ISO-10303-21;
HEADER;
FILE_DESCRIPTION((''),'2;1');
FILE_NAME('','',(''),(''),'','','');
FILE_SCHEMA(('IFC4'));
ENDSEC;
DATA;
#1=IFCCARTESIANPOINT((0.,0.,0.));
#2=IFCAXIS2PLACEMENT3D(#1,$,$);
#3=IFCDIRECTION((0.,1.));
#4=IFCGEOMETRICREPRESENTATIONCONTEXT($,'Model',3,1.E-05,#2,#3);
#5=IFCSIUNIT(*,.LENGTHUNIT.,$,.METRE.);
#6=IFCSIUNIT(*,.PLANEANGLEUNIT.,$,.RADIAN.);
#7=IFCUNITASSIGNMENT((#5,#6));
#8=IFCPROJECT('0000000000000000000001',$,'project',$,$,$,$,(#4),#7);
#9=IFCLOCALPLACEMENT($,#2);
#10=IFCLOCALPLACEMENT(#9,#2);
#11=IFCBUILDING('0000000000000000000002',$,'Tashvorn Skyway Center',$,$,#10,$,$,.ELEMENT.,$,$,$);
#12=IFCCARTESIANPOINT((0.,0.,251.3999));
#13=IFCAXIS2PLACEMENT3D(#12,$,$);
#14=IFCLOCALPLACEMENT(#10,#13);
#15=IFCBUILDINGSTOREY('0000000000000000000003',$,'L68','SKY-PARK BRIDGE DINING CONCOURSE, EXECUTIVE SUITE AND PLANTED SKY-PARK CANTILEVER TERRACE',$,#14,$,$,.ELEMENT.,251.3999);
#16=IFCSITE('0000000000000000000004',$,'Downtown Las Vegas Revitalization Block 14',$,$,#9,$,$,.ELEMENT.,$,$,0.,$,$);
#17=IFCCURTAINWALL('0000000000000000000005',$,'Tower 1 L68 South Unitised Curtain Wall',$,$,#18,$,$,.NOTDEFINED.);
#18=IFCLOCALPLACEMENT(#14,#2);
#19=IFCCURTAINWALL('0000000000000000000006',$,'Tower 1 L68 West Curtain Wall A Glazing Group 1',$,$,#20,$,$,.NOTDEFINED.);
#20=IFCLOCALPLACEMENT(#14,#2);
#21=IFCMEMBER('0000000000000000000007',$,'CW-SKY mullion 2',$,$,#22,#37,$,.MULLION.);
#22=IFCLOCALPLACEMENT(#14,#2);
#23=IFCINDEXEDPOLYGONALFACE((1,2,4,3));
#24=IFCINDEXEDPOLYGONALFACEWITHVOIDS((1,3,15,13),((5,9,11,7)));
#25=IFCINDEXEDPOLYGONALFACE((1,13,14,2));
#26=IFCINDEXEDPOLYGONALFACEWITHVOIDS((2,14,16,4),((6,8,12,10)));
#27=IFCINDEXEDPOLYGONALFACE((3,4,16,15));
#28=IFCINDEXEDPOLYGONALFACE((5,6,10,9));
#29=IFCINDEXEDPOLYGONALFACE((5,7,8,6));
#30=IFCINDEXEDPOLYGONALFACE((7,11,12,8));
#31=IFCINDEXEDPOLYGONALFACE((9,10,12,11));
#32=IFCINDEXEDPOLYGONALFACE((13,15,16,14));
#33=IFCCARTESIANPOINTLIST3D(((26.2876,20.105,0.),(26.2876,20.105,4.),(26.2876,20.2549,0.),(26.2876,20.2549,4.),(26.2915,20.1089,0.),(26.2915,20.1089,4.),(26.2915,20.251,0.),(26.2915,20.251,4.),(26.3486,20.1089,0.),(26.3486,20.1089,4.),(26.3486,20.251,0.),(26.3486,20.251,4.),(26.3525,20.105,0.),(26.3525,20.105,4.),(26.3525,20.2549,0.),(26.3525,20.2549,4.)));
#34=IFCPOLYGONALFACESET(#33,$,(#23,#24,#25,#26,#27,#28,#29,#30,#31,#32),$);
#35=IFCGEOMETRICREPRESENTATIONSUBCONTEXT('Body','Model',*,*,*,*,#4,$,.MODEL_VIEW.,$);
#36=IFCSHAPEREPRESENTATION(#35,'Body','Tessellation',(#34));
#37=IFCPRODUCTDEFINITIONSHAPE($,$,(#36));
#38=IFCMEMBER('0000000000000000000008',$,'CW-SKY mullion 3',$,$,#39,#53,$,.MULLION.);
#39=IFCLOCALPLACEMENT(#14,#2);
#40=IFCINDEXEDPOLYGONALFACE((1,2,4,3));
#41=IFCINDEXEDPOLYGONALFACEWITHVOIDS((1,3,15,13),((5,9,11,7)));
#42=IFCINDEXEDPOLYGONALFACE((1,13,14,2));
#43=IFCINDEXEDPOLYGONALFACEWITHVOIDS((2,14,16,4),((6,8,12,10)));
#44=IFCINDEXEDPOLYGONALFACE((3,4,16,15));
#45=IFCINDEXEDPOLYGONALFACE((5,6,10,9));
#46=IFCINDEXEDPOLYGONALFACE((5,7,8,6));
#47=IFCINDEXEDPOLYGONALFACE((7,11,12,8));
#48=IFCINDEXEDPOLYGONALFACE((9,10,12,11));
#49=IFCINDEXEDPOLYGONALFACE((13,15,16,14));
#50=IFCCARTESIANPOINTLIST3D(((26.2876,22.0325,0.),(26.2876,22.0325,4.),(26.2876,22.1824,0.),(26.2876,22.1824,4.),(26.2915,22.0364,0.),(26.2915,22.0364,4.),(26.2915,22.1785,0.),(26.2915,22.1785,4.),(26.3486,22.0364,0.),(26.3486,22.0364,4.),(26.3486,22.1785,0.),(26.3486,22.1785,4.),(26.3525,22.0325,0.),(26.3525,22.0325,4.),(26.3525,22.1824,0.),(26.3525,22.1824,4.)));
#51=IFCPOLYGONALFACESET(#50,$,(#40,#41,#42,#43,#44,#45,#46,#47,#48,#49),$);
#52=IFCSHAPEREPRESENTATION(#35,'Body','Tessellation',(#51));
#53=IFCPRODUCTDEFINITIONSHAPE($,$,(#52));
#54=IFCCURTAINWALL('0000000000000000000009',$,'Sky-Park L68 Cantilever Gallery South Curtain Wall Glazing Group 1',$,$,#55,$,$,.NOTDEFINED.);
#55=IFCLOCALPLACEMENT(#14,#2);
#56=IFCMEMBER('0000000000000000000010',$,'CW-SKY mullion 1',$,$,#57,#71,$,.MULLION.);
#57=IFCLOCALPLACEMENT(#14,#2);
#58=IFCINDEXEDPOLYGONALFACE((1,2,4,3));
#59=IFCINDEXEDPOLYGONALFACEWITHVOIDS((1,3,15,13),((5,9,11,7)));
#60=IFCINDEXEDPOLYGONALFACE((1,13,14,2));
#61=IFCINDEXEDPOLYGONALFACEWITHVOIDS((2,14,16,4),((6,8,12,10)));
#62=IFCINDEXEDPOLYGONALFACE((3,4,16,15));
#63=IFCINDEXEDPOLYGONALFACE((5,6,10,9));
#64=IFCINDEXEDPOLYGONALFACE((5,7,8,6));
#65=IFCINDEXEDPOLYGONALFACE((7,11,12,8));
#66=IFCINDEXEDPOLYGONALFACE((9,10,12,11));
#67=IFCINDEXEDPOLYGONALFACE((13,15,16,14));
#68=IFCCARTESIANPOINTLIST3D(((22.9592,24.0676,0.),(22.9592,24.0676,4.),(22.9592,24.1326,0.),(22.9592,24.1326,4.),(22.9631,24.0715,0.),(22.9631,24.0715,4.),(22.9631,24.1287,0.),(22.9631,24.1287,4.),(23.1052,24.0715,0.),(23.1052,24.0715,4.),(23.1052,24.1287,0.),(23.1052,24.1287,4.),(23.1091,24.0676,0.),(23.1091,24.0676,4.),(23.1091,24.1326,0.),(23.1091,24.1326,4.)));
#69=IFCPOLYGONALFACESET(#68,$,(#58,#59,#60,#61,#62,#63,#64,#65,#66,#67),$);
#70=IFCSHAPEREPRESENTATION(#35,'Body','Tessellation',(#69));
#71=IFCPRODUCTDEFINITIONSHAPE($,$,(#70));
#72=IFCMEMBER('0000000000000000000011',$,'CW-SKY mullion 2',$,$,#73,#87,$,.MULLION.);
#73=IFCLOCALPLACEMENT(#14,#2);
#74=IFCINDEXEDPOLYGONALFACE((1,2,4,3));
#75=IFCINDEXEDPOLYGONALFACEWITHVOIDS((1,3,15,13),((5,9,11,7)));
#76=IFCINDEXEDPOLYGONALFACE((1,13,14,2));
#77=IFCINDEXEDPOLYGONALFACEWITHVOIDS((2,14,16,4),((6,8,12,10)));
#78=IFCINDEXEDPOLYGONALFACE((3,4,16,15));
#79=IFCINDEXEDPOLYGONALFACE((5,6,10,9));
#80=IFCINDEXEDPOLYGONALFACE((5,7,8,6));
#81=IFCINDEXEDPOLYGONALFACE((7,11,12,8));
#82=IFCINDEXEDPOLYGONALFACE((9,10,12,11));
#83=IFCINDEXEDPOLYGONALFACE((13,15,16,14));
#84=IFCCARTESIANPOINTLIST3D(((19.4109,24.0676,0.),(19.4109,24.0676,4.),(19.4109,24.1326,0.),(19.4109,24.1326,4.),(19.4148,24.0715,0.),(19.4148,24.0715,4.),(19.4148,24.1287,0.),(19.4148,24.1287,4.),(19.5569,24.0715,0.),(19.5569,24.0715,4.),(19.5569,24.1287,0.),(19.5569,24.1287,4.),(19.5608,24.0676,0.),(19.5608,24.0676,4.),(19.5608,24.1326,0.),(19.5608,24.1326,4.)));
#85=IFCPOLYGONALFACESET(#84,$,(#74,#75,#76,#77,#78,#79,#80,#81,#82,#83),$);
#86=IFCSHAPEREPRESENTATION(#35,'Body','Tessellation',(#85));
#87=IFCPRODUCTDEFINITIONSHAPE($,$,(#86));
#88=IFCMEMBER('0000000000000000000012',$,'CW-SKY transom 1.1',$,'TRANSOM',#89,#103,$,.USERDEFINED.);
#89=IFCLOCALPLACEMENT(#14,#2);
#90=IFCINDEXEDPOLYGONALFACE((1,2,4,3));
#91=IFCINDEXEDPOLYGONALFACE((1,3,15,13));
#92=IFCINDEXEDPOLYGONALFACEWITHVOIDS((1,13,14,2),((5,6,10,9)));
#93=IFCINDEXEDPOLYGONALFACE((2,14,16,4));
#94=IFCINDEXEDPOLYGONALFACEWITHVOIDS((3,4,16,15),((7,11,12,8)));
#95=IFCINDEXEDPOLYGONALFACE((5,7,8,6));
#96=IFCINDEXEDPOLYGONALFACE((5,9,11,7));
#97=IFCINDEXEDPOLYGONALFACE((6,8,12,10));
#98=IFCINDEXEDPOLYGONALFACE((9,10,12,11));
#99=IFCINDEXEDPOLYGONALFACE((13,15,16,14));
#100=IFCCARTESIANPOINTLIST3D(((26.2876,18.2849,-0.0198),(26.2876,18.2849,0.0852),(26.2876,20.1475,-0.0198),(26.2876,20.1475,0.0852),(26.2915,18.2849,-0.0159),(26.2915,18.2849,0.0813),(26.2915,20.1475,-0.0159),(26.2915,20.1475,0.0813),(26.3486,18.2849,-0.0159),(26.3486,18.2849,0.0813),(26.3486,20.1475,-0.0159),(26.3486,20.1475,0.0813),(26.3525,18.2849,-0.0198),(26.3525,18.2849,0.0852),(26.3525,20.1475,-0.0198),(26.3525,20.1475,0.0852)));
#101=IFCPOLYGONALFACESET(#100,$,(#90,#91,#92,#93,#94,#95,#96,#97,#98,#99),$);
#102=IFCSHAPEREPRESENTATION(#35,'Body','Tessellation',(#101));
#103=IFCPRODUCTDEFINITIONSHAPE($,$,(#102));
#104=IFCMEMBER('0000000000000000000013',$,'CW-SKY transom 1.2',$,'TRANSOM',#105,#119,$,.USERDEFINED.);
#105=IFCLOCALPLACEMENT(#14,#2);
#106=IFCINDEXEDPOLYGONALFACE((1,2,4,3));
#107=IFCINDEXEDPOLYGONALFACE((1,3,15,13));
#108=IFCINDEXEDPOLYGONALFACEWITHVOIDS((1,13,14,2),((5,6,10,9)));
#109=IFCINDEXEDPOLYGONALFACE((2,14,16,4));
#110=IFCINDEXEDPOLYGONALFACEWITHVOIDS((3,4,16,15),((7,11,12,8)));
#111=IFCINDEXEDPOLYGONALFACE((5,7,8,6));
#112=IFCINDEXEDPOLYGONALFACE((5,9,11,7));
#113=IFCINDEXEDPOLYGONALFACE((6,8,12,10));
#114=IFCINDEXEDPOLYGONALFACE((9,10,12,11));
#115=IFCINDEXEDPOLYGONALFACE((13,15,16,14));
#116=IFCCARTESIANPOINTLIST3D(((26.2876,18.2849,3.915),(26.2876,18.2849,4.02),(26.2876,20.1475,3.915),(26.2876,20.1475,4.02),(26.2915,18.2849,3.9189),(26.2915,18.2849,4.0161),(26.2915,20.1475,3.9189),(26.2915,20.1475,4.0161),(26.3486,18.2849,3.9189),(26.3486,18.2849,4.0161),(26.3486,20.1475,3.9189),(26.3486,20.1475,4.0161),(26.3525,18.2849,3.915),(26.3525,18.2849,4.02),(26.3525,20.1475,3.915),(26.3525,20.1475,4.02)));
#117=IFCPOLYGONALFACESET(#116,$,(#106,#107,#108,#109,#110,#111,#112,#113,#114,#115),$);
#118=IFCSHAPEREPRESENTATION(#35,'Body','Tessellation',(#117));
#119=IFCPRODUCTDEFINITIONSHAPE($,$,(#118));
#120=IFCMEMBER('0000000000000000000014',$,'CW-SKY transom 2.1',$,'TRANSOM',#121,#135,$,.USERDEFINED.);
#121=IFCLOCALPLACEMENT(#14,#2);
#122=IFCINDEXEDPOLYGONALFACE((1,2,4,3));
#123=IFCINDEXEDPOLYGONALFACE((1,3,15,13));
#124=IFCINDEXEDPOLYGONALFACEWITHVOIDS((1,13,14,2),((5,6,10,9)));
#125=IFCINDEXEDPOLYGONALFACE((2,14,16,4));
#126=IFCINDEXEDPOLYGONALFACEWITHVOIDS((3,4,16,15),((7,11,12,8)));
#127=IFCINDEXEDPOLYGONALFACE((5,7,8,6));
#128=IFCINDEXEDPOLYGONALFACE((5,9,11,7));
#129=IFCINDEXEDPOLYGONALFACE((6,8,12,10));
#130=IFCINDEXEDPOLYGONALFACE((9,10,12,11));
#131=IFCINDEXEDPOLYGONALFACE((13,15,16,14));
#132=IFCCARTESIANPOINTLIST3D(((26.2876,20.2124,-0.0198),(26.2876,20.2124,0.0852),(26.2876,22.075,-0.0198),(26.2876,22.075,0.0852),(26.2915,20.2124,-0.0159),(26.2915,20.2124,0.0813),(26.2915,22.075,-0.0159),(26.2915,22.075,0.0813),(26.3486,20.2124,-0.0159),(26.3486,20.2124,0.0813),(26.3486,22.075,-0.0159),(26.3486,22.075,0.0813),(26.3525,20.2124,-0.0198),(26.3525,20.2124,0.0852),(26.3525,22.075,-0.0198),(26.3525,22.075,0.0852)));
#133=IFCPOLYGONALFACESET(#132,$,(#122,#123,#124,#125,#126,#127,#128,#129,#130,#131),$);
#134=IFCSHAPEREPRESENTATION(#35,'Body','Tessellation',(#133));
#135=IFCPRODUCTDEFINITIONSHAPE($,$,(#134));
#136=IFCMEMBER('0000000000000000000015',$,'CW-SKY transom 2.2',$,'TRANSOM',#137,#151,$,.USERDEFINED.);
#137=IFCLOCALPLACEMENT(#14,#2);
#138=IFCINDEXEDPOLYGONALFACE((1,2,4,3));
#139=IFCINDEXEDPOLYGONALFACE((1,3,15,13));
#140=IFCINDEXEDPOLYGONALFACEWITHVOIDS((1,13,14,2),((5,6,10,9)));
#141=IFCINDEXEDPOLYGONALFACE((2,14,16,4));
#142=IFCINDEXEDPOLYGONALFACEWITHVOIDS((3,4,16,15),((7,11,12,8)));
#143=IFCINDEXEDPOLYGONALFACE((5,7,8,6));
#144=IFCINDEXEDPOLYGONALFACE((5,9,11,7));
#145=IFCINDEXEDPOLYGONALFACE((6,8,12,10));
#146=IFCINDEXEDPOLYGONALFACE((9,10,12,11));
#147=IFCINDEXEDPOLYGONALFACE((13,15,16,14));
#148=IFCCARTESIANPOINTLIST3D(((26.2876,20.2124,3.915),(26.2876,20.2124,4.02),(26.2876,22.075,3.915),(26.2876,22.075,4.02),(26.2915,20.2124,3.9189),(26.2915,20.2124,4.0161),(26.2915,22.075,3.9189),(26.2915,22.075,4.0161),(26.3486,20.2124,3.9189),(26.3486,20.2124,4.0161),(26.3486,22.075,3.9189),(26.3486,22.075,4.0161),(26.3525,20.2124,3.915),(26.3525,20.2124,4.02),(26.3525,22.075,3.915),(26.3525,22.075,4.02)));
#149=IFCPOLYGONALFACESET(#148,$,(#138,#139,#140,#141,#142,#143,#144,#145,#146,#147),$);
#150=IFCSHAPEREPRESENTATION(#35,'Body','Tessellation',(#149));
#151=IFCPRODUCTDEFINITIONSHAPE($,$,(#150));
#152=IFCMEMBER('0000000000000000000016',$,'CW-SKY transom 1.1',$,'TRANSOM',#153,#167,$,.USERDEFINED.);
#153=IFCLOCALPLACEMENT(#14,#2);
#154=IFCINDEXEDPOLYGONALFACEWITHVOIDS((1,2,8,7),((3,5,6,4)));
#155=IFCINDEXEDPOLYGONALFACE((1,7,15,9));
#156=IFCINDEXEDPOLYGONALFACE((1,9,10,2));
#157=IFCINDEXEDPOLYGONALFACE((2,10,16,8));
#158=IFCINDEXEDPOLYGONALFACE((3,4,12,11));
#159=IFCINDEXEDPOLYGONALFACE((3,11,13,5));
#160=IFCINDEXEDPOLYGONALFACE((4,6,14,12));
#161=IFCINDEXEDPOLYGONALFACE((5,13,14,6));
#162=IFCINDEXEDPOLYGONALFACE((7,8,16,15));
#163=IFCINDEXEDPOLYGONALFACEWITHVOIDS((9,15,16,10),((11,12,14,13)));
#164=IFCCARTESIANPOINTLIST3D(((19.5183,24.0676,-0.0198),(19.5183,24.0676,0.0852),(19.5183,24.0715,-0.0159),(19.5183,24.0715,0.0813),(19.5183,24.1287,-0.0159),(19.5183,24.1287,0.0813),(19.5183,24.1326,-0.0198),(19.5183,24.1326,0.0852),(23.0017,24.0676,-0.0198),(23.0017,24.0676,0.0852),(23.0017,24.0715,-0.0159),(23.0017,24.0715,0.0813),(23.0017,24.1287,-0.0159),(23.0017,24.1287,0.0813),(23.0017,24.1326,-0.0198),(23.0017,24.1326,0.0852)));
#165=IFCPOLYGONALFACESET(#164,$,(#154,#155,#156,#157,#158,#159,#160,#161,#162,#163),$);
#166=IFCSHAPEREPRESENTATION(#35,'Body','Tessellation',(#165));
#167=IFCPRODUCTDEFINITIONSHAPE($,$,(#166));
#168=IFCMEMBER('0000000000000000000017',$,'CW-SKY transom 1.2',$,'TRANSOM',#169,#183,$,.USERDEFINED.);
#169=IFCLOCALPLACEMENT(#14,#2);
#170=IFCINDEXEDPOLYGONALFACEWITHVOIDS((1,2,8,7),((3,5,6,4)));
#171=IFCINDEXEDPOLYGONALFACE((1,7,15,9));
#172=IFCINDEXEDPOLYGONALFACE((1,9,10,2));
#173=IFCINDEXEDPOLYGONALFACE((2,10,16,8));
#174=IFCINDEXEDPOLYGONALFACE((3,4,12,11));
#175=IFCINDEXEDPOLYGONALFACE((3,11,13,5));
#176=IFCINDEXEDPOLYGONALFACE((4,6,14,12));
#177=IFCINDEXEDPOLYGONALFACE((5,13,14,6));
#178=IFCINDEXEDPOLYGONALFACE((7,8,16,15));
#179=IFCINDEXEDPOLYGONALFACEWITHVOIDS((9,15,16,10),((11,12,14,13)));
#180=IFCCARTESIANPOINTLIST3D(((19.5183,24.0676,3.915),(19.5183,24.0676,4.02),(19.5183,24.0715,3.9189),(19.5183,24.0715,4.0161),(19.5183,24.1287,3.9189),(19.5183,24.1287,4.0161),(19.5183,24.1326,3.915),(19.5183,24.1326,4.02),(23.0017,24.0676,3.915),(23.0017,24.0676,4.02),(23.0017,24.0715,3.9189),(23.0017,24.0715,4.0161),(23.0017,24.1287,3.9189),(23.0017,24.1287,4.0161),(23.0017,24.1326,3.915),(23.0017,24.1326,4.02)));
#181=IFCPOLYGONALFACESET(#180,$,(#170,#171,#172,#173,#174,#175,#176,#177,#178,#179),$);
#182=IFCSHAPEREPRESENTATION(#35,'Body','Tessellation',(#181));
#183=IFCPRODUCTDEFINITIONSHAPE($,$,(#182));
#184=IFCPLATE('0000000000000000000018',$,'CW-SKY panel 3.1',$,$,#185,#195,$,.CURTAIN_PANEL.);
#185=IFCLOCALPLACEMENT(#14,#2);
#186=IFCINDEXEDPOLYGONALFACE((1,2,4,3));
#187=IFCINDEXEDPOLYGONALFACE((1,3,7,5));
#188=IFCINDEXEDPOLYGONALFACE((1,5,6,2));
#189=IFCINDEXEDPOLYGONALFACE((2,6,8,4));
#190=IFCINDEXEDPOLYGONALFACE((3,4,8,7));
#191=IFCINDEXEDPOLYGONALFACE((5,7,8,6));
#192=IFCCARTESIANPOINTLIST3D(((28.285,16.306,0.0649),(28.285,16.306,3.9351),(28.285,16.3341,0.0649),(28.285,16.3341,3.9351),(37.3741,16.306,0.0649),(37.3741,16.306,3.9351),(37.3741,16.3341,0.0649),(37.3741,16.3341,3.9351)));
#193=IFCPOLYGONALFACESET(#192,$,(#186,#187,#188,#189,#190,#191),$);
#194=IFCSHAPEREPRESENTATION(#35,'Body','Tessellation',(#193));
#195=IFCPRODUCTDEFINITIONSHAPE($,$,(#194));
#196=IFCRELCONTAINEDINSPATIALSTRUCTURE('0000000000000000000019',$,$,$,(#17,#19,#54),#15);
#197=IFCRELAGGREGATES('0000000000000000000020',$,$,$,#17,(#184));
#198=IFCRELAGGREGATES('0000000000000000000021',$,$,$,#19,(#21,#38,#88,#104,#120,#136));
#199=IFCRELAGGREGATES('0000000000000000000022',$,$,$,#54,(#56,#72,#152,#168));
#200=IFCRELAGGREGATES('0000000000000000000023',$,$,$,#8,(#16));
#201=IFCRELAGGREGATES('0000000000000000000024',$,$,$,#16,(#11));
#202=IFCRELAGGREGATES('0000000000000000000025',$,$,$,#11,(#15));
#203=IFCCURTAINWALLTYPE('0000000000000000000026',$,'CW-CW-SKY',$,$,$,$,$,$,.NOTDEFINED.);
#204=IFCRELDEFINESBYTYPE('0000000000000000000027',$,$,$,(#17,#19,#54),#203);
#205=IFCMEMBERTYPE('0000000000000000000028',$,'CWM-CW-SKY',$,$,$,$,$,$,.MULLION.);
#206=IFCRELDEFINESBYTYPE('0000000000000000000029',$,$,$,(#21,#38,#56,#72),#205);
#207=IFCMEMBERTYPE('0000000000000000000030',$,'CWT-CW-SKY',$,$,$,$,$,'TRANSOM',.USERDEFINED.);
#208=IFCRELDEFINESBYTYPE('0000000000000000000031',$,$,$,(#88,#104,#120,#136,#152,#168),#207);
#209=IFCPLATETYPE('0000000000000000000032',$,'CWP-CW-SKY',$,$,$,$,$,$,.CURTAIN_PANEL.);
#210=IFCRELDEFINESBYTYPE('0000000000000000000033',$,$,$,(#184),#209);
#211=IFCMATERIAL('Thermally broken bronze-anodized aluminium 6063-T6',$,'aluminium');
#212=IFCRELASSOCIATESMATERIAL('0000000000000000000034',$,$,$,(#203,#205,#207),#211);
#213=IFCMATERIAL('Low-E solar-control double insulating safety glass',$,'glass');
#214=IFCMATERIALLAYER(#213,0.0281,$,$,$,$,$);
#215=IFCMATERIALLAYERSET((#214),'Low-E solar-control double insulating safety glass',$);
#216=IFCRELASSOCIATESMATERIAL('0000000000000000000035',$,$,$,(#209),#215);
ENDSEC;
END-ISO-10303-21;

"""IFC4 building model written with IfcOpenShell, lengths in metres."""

from ifc_helpers import new_model, si_unit, direction, frame, origin, origin_2d, place, context, subcontext, project, spatial, rectangle, hollow_rectangle, extrude, material, layer, layer_set, material_profile, profile_set, type_object, element, aggregate, save


model = new_model("IFC4")

# Units and contexts
model_context = context("Model", 3, precision=1e-05, world=origin(), true_north=direction((0.0, 1.0)))
body_context = subcontext(model_context, "Body", "Model", "MODEL_VIEW")
ifc_project = project(units=[si_unit("LENGTHUNIT", "METRE"), si_unit("PLANEANGLEUNIT", "RADIAN")], contexts=[model_context])

# Site, building, storey
site_placement = place(None, origin())
site = spatial("IfcSite", under=ifc_project, at=site_placement, Name="Downtown Las Vegas Revitalization Block 14", CompositionType="ELEMENT", RefElevation=0.0)
building_placement = place(site_placement, origin())
building = spatial("IfcBuilding", under=site, at=building_placement, Name="Tashvorn Skyway Center", CompositionType="ELEMENT")
storey_placement = place(building_placement, frame((0.0, 0.0, 251.3999)))
storey = spatial("IfcBuildingStorey", under=building, at=storey_placement, Name="L68", Description="SKY-PARK BRIDGE DINING CONCOURSE, EXECUTIVE SUITE AND PLANTED SKY-PARK CANTILEVER TERRACE", CompositionType="ELEMENT", Elevation=251.3999)

# Curtain wall
ifc_material_1 = material(Name="Thermally broken bronze-anodized aluminium 6063-T6", Category="aluminium")
curtain_wall_type = type_object("IfcCurtainWallType", Name="CW-CW-SKY", PredefinedType="NOTDEFINED", material=ifc_material_1)
curtain_wall_1_placement = place(storey_placement, origin())
curtain_wall_1 = element("IfcCurtainWall", 1, at=curtain_wall_1_placement, inside=storey, type_object=curtain_wall_type, Name="Tower 1 L68 South Unitised Curtain Wall", PredefinedType="NOTDEFINED")
ifc_material_profile_1 = material_profile(ifc_material_1, hollow_rectangle(XDim=0.0649, YDim=0.1499, WallThickness=0.0039, at=origin_2d()), Name="ALU-MULL-65x150")
ifc_profile_set_1 = profile_set([ifc_material_profile_1], Name="Thermally broken bronze-anodized aluminium 6063-T6")
member_type_1 = type_object("IfcMemberType", Name="CWM-CW-SKY", PredefinedType="MULLION", material=ifc_profile_set_1)

# Curtain walls, members
curtain_wall_2_placement = place(storey_placement, origin())
curtain_wall_2 = element("IfcCurtainWall", 2, at=curtain_wall_2_placement, inside=storey, type_object=curtain_wall_type, Name="Tower 1 L68 West Curtain Wall A Glazing Group 1", PredefinedType="NOTDEFINED")
member_1_placement = place(storey_placement, frame((26.3201, 20.1799, 0.0), z_axis=(0.0, 0.0, 1.0), x_axis=(-1.0, 0.0, 0.0)))
member_1 = element("IfcMember", 3, at=member_1_placement, type_object=member_type_1, Name="CW-SKY mullion 2", PredefinedType="MULLION", context=body_context, shape_type="SweptSolid", body=[
    extrude(hollow_rectangle(XDim=0.0649, YDim=0.1499, WallThickness=0.0039, at=origin_2d()), origin(), (0.0, 0.0, 1.0), 4.0),
])
member_2_placement = place(storey_placement, frame((26.3201, 22.1074, 0.0), z_axis=(0.0, 0.0, 1.0), x_axis=(-1.0, 0.0, 0.0)))
member_2 = element("IfcMember", 4, at=member_2_placement, type_object=member_type_1, Name="CW-SKY mullion 3", PredefinedType="MULLION", context=body_context, shape_type="SweptSolid", body=[
    extrude(hollow_rectangle(XDim=0.0649, YDim=0.1499, WallThickness=0.0039, at=origin_2d()), origin(), (0.0, 0.0, 1.0), 4.0),
])
curtain_wall_3_placement = place(storey_placement, origin())
curtain_wall_3 = element("IfcCurtainWall", 5, at=curtain_wall_3_placement, inside=storey, type_object=curtain_wall_type, Name="Sky-Park L68 Cantilever Gallery South Curtain Wall Glazing Group 1", PredefinedType="NOTDEFINED")
member_3_placement = place(storey_placement, frame((23.0342, 24.1001, 0.0), z_axis=(0.0, 0.0, 1.0), x_axis=(0.0, -1.0, 0.0)))
member_3 = element("IfcMember", 6, at=member_3_placement, type_object=member_type_1, Name="CW-SKY mullion 1", PredefinedType="MULLION", context=body_context, shape_type="SweptSolid", body=[
    extrude(hollow_rectangle(XDim=0.0649, YDim=0.1499, WallThickness=0.0039, at=origin_2d()), origin(), (0.0, 0.0, 1.0), 4.0),
])
member_4_placement = place(storey_placement, frame((19.4858, 24.1001, 0.0), z_axis=(0.0, 0.0, 1.0), x_axis=(0.0, -1.0, 0.0)))
member_4 = element("IfcMember", 7, at=member_4_placement, type_object=member_type_1, Name="CW-SKY mullion 2", PredefinedType="MULLION", context=body_context, shape_type="SweptSolid", body=[
    extrude(hollow_rectangle(XDim=0.0649, YDim=0.1499, WallThickness=0.0039, at=origin_2d()), origin(), (0.0, 0.0, 1.0), 4.0),
])

# Members
ifc_material_profile_2 = material_profile(ifc_material_1, hollow_rectangle(XDim=0.0649, YDim=0.105, WallThickness=0.0039, at=origin_2d()), Name="ALU-TRAN-65x105")
ifc_profile_set_2 = profile_set([ifc_material_profile_2], Name="Thermally broken bronze-anodized aluminium 6063-T6")
member_type_2 = type_object("IfcMemberType", Name="CWT-CW-SKY", ElementType="TRANSOM", PredefinedType="USERDEFINED", material=ifc_profile_set_2)
member_5_placement = place(storey_placement, frame((26.3201, 18.2849, 0.0327), z_axis=(0.0, 1.0, 0.0), x_axis=(-1.0, 0.0, 0.0)))
member_5 = element("IfcMember", 8, at=member_5_placement, type_object=member_type_2, Name="CW-SKY transom 1.1", ObjectType="TRANSOM", PredefinedType="USERDEFINED", context=body_context, shape_type="SweptSolid", body=[
    extrude(hollow_rectangle(XDim=0.0649, YDim=0.105, WallThickness=0.0039, at=origin_2d()), origin(), (0.0, 0.0, 1.0), 1.8625),
])
member_6_placement = place(storey_placement, frame((26.3201, 18.2849, 3.9675), z_axis=(0.0, 1.0, 0.0), x_axis=(-1.0, 0.0, 0.0)))
member_6 = element("IfcMember", 9, at=member_6_placement, type_object=member_type_2, Name="CW-SKY transom 1.2", ObjectType="TRANSOM", PredefinedType="USERDEFINED", context=body_context, shape_type="SweptSolid", body=[
    extrude(hollow_rectangle(XDim=0.0649, YDim=0.105, WallThickness=0.0039, at=origin_2d()), origin(), (0.0, 0.0, 1.0), 1.8625),
])
member_7_placement = place(storey_placement, frame((26.3201, 20.2124, 0.0327), z_axis=(0.0, 1.0, 0.0), x_axis=(-1.0, 0.0, 0.0)))
member_7 = element("IfcMember", 10, at=member_7_placement, type_object=member_type_2, Name="CW-SKY transom 2.1", ObjectType="TRANSOM", PredefinedType="USERDEFINED", context=body_context, shape_type="SweptSolid", body=[
    extrude(hollow_rectangle(XDim=0.0649, YDim=0.105, WallThickness=0.0039, at=origin_2d()), origin(), (0.0, 0.0, 1.0), 1.8625),
])
member_8_placement = place(storey_placement, frame((26.3201, 20.2124, 3.9675), z_axis=(0.0, 1.0, 0.0), x_axis=(-1.0, 0.0, 0.0)))
member_8 = element("IfcMember", 11, at=member_8_placement, type_object=member_type_2, Name="CW-SKY transom 2.2", ObjectType="TRANSOM", PredefinedType="USERDEFINED", context=body_context, shape_type="SweptSolid", body=[
    extrude(hollow_rectangle(XDim=0.0649, YDim=0.105, WallThickness=0.0039, at=origin_2d()), origin(), (0.0, 0.0, 1.0), 1.8625),
])
member_9_placement = place(storey_placement, frame((23.0017, 24.1001, 0.0327), z_axis=(-1.0, 0.0, 0.0), x_axis=(0.0, -1.0, 0.0)))
member_9 = element("IfcMember", 12, at=member_9_placement, type_object=member_type_2, Name="CW-SKY transom 1.1", ObjectType="TRANSOM", PredefinedType="USERDEFINED", context=body_context, shape_type="SweptSolid", body=[
    extrude(hollow_rectangle(XDim=0.0649, YDim=0.105, WallThickness=0.0039, at=origin_2d()), origin(), (0.0, 0.0, 1.0), 3.4834),
])
member_10_placement = place(storey_placement, frame((23.0017, 24.1001, 3.9675), z_axis=(-1.0, 0.0, 0.0), x_axis=(0.0, -1.0, 0.0)))
member_10 = element("IfcMember", 13, at=member_10_placement, type_object=member_type_2, Name="CW-SKY transom 1.2", ObjectType="TRANSOM", PredefinedType="USERDEFINED", context=body_context, shape_type="SweptSolid", body=[
    extrude(hollow_rectangle(XDim=0.0649, YDim=0.105, WallThickness=0.0039, at=origin_2d()), origin(), (0.0, 0.0, 1.0), 3.4834),
])

# Plate
ifc_material_2 = material(Name="Low-E solar-control double insulating safety glass", Category="glass")
ifc_layer_1 = layer(ifc_material_2, 0.0281)
ifc_layer_set_1 = layer_set([ifc_layer_1], Name="Low-E solar-control double insulating safety glass")
plate_type = type_object("IfcPlateType", Name="CWP-CW-SKY", PredefinedType="CURTAIN_PANEL", material=ifc_layer_set_1)
plate_1_placement = place(storey_placement, frame((32.8296, 16.3201, 0.0649), z_axis=(0.0, 0.0, 1.0), x_axis=(-1.0, 0.0, 0.0)))
plate_1 = element("IfcPlate", 14, at=plate_1_placement, type_object=plate_type, Name="CW-SKY panel 3.1", PredefinedType="CURTAIN_PANEL", context=body_context, shape_type="SweptSolid", body=[
    extrude(rectangle(XDim=9.0891, YDim=0.0281, at=origin_2d()), origin(), (0.0, 0.0, 1.0), 3.8701),
])
aggregate(curtain_wall_1, [plate_1])
aggregate(curtain_wall_2, [member_1, member_2, member_5, member_6, member_7, member_8])
aggregate(curtain_wall_3, [member_3, member_4, member_9, member_10])

save(model, "model.ifc")
